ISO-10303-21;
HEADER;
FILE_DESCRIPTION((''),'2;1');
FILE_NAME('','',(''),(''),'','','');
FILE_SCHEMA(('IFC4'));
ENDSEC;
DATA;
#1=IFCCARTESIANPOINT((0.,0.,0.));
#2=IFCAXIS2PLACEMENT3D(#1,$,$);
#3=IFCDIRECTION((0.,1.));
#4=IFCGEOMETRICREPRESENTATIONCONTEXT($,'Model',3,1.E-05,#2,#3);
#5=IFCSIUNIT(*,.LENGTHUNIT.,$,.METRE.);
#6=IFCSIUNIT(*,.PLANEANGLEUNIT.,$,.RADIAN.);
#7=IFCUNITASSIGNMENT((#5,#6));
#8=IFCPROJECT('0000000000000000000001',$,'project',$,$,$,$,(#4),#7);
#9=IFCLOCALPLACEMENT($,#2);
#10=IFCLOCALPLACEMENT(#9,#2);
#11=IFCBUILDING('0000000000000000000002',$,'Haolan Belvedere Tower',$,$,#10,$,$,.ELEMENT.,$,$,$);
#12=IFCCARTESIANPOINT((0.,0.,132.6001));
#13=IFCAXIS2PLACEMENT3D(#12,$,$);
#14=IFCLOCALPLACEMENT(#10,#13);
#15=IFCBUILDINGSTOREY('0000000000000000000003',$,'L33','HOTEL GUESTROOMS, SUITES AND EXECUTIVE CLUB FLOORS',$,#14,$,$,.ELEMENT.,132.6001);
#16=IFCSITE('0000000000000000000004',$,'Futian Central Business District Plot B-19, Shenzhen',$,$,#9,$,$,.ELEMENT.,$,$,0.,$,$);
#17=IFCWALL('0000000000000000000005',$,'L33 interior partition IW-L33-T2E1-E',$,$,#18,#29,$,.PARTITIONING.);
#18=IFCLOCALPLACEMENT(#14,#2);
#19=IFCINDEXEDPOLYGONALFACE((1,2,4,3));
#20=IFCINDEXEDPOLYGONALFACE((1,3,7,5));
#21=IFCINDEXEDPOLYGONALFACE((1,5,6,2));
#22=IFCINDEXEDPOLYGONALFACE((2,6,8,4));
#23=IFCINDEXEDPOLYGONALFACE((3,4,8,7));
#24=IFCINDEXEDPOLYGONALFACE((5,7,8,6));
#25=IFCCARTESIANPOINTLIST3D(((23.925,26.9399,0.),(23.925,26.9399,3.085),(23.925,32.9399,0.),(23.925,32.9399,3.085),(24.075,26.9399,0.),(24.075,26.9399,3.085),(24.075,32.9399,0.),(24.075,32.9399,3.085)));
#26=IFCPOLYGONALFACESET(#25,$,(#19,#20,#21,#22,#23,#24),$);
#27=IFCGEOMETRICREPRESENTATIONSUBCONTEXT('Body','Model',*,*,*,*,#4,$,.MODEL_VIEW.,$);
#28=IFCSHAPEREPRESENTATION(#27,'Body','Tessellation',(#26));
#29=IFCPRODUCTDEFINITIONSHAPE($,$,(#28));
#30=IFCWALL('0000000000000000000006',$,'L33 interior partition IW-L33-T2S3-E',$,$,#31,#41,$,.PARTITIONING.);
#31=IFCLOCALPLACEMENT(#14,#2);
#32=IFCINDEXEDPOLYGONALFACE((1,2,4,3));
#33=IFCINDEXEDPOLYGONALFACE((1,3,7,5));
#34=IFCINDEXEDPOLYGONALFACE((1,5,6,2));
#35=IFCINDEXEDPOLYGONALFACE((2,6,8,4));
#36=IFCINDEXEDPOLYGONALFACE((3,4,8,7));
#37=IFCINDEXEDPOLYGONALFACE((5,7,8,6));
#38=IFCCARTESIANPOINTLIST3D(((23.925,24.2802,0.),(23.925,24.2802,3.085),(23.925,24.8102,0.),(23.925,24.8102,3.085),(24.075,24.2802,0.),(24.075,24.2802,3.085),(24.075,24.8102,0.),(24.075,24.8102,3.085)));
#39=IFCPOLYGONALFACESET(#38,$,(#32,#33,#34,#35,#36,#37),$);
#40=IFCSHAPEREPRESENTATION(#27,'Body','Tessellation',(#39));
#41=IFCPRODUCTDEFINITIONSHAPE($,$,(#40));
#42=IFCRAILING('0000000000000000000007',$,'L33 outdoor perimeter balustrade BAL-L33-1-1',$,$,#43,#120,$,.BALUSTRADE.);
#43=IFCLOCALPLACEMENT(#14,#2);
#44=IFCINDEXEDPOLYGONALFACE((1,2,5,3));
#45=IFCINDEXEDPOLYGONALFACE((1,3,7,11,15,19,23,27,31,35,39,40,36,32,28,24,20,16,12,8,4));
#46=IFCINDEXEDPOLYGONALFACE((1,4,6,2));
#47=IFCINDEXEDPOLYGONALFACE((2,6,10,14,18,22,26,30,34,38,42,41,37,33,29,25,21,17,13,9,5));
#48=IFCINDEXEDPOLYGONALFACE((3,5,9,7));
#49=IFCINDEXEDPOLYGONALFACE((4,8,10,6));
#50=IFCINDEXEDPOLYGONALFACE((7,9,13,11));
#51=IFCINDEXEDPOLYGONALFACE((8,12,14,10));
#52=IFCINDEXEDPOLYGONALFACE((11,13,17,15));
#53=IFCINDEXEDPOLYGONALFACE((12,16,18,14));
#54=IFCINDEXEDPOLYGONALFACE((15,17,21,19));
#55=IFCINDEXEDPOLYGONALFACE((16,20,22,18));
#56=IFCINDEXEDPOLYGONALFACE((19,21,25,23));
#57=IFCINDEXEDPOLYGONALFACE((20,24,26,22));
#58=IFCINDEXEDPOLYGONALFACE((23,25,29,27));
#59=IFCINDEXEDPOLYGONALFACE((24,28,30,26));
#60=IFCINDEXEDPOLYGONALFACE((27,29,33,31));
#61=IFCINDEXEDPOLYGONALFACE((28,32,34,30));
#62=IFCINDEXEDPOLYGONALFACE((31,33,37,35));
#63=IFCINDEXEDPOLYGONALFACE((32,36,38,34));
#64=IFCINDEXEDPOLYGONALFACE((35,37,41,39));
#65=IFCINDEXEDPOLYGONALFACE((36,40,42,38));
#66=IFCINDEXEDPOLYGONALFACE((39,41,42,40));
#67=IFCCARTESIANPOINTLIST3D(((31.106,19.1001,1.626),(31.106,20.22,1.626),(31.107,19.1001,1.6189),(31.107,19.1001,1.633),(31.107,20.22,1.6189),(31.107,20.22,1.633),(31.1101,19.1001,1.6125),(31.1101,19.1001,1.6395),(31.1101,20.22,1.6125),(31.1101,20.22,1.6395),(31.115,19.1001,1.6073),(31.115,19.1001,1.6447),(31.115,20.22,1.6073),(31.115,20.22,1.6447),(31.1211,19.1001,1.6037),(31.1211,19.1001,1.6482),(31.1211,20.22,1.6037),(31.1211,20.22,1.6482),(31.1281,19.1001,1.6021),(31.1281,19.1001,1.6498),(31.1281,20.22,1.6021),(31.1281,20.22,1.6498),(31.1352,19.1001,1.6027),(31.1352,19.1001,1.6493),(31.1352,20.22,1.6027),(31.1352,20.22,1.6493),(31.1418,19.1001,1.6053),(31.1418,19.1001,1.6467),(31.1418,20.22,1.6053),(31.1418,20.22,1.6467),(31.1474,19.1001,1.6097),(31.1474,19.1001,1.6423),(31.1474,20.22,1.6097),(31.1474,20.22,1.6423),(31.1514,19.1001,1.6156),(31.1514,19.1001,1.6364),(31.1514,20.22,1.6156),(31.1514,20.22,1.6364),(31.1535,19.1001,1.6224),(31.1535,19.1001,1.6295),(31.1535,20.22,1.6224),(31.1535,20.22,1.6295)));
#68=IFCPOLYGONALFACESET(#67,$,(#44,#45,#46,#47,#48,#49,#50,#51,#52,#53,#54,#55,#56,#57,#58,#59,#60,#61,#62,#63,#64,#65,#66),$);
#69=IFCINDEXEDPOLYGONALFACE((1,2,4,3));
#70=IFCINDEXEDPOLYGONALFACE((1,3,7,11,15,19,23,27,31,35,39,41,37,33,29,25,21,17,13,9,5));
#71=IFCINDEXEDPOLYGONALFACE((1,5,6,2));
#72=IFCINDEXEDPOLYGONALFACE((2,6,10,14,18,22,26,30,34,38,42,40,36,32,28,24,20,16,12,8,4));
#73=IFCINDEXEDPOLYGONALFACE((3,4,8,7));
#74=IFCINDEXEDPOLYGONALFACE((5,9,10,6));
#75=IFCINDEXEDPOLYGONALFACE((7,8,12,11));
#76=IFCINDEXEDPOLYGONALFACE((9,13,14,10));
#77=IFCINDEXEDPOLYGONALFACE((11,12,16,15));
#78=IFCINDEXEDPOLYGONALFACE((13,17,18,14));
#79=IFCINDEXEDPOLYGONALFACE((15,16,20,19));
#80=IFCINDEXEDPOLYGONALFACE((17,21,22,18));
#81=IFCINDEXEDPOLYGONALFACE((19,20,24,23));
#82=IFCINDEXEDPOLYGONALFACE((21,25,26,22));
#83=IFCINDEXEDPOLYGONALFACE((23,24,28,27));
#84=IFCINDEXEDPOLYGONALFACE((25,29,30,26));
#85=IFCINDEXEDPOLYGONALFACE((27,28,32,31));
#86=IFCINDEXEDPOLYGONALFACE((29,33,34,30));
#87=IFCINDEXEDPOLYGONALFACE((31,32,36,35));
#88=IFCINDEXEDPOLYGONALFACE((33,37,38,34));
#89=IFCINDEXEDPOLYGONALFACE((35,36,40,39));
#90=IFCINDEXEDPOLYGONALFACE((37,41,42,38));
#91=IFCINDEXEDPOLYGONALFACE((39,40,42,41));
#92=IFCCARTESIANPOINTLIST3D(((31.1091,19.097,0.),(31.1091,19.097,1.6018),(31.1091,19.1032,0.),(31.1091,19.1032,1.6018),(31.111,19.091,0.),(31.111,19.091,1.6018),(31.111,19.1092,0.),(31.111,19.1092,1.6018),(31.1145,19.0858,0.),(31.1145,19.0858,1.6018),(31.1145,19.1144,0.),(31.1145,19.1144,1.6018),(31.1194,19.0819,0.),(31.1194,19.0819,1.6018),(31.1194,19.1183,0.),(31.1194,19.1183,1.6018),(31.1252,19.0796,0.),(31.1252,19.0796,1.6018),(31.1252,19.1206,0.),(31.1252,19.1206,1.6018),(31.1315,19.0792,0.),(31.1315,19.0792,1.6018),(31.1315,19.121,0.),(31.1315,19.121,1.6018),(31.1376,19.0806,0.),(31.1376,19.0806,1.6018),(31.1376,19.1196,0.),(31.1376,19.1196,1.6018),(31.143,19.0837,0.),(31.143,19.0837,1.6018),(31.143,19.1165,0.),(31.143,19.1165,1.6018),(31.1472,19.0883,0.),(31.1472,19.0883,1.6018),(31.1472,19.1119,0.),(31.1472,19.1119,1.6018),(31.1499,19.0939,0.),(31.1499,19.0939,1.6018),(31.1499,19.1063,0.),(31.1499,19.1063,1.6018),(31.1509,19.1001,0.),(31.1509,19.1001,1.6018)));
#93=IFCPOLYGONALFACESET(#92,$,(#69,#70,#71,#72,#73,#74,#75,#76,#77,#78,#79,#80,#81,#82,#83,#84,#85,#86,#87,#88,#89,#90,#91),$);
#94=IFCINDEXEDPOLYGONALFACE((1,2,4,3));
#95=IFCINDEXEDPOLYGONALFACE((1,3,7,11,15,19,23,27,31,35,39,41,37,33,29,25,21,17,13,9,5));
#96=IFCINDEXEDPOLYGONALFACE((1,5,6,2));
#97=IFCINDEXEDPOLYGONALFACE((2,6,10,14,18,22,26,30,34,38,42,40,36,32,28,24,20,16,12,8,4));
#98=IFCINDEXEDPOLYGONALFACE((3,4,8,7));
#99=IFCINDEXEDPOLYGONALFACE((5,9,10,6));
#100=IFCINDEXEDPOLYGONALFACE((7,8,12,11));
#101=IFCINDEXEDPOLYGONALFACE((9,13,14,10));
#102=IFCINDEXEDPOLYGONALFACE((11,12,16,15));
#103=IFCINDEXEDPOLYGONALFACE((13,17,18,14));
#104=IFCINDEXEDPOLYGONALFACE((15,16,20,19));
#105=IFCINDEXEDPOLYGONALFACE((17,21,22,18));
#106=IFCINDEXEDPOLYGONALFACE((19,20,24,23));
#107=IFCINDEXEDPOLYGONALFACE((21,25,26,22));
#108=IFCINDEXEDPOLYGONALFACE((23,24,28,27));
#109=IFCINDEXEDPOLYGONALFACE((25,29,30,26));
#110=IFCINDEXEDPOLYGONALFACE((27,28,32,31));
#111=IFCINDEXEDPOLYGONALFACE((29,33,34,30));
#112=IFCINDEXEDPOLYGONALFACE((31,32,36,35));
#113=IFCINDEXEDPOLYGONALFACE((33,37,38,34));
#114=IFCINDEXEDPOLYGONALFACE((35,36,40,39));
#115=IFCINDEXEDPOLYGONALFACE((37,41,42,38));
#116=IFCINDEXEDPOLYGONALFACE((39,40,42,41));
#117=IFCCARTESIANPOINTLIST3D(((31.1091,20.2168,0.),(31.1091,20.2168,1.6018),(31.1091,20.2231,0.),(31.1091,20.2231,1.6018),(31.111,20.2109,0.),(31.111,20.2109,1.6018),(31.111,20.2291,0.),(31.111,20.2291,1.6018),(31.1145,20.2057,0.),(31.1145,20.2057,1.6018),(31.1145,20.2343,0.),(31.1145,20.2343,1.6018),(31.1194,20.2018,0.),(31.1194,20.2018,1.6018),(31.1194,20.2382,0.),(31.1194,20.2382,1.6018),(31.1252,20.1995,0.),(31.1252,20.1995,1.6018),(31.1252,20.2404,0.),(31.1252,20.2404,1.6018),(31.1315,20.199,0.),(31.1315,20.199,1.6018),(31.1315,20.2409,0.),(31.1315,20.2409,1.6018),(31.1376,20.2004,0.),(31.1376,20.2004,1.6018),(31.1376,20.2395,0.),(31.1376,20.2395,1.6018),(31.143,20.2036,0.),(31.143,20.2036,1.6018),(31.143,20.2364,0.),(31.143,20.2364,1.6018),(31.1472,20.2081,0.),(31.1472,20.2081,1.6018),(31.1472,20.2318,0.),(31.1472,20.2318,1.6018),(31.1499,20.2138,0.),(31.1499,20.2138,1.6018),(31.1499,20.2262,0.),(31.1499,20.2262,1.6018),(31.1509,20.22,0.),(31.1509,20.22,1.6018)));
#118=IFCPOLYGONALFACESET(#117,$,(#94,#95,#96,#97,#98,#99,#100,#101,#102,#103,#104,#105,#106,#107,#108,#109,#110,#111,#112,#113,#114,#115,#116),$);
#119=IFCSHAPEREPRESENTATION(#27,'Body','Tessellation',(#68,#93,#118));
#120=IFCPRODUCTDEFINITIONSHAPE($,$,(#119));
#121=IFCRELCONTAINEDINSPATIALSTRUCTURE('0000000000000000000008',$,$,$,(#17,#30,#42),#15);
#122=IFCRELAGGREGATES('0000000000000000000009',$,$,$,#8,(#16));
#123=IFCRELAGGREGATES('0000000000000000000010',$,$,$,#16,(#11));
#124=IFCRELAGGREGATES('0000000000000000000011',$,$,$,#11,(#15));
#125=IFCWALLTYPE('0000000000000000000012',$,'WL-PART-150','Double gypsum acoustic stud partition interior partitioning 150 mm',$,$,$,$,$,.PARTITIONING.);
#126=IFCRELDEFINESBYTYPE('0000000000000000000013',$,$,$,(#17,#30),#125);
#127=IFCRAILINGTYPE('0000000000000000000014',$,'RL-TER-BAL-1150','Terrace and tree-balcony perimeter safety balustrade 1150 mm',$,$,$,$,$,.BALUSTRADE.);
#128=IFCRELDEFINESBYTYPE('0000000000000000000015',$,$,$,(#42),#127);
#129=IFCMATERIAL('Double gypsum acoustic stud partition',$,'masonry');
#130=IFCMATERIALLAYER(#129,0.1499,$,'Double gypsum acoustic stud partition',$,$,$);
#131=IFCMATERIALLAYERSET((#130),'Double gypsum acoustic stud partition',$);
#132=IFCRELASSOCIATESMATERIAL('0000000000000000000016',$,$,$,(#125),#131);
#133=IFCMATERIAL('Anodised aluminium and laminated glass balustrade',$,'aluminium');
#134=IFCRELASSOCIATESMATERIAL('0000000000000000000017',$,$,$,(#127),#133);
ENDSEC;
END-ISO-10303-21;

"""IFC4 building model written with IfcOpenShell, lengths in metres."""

from ifc_helpers import new_model, si_unit, direction, frame, frame_2d, origin, origin_2d, place, context, subcontext, project, spatial, rectangle, circle, extrude, material, layer, layer_set, type_object, element, save


model = new_model("IFC4")

# Units and contexts
model_context = context("Model", 3, precision=1e-05, world=origin(), true_north=direction((0.0, 1.0)))
body_context = subcontext(model_context, "Body", "Model", "MODEL_VIEW")
ifc_project = project(units=[si_unit("LENGTHUNIT", "METRE"), si_unit("PLANEANGLEUNIT", "RADIAN")], contexts=[model_context])

# Site, building, storey
site_placement = place(None, origin())
site = spatial("IfcSite", under=ifc_project, at=site_placement, Name="Futian Central Business District Plot B-19, Shenzhen", CompositionType="ELEMENT", RefElevation=0.0)
building_placement = place(site_placement, origin())
building = spatial("IfcBuilding", under=site, at=building_placement, Name="Haolan Belvedere Tower", CompositionType="ELEMENT")
storey_placement = place(building_placement, frame((0.0, 0.0, 132.6001)))
storey = spatial("IfcBuildingStorey", under=building, at=storey_placement, Name="L33", Description="HOTEL GUESTROOMS, SUITES AND EXECUTIVE CLUB FLOORS", CompositionType="ELEMENT", Elevation=132.6001)

# Walls
ifc_material_1 = material(Name="Double gypsum acoustic stud partition", Category="masonry")
ifc_layer_1 = layer(ifc_material_1, 0.1499, Name="Double gypsum acoustic stud partition")
ifc_layer_set_1 = layer_set([ifc_layer_1], Name="Double gypsum acoustic stud partition")
wall_type_1 = type_object("IfcWallType", Name="WL-PART-150", Description="Double gypsum acoustic stud partition interior partitioning 150 mm", PredefinedType="PARTITIONING", material=ifc_layer_set_1)
wall_1_placement = place(storey_placement, frame((24.0, 26.9399, 0.0), z_axis=(0.0, 0.0, 1.0), x_axis=(0.0, 1.0, 0.0)))
element("IfcWall", 1, at=wall_1_placement, inside=storey, type_object=wall_type_1, Name="L33 interior partition IW-L33-T2E1-E", PredefinedType="PARTITIONING", context=body_context, shape_type="SweptSolid", body=[
    extrude(rectangle(XDim=6.0, YDim=0.1499, at=frame_2d((3.0, 0.0))), origin(), (0.0, 0.0, 1.0), 3.085),
])
wall_2_placement = place(storey_placement, frame((24.0, 24.28, 0.0), z_axis=(0.0, 0.0, 1.0), x_axis=(0.0, 1.0, 0.0)))
element("IfcWall", 2, at=wall_2_placement, inside=storey, type_object=wall_type_1, Name="L33 interior partition IW-L33-T2S3-E", PredefinedType="PARTITIONING", context=body_context, shape_type="SweptSolid", body=[
    extrude(rectangle(XDim=0.53, YDim=0.1499, at=frame_2d((0.2651, 0.0))), origin(), (0.0, 0.0, 1.0), 3.085),
])

# Railing
ifc_material_2 = material(Name="Anodised aluminium and laminated glass balustrade", Category="aluminium")
railing_type = type_object("IfcRailingType", Name="RL-TER-BAL-1150", Description="Terrace and tree-balcony perimeter safety balustrade 1150 mm", PredefinedType="BALUSTRADE", material=ifc_material_2)
railing_placement = place(storey_placement, frame((31.1299, 19.1001, 0.0)))
element("IfcRailing", 3, at=railing_placement, inside=storey, type_object=railing_type, Name="L33 outdoor perimeter balustrade BAL-L33-1-1", PredefinedType="BALUSTRADE", context=body_context, shape_type="SweptSolid", body=[
    extrude(circle(Radius=0.0239, at=origin_2d()), frame((0.0, 0.0, 1.626), z_axis=(0.0, 1.0, 0.0), x_axis=(-1.0, 0.0, 0.0)), (0.0, 0.0, 1.0), 1.1199),
    extrude(circle(Radius=0.021, at=origin_2d()), origin(), (0.0, 0.0, 1.0), 1.6018),
    extrude(circle(Radius=0.021, at=origin_2d()), frame((0.0, 1.1199, 0.0)), (0.0, 0.0, 1.0), 1.6018),
])

save(model, "model.ifc")
